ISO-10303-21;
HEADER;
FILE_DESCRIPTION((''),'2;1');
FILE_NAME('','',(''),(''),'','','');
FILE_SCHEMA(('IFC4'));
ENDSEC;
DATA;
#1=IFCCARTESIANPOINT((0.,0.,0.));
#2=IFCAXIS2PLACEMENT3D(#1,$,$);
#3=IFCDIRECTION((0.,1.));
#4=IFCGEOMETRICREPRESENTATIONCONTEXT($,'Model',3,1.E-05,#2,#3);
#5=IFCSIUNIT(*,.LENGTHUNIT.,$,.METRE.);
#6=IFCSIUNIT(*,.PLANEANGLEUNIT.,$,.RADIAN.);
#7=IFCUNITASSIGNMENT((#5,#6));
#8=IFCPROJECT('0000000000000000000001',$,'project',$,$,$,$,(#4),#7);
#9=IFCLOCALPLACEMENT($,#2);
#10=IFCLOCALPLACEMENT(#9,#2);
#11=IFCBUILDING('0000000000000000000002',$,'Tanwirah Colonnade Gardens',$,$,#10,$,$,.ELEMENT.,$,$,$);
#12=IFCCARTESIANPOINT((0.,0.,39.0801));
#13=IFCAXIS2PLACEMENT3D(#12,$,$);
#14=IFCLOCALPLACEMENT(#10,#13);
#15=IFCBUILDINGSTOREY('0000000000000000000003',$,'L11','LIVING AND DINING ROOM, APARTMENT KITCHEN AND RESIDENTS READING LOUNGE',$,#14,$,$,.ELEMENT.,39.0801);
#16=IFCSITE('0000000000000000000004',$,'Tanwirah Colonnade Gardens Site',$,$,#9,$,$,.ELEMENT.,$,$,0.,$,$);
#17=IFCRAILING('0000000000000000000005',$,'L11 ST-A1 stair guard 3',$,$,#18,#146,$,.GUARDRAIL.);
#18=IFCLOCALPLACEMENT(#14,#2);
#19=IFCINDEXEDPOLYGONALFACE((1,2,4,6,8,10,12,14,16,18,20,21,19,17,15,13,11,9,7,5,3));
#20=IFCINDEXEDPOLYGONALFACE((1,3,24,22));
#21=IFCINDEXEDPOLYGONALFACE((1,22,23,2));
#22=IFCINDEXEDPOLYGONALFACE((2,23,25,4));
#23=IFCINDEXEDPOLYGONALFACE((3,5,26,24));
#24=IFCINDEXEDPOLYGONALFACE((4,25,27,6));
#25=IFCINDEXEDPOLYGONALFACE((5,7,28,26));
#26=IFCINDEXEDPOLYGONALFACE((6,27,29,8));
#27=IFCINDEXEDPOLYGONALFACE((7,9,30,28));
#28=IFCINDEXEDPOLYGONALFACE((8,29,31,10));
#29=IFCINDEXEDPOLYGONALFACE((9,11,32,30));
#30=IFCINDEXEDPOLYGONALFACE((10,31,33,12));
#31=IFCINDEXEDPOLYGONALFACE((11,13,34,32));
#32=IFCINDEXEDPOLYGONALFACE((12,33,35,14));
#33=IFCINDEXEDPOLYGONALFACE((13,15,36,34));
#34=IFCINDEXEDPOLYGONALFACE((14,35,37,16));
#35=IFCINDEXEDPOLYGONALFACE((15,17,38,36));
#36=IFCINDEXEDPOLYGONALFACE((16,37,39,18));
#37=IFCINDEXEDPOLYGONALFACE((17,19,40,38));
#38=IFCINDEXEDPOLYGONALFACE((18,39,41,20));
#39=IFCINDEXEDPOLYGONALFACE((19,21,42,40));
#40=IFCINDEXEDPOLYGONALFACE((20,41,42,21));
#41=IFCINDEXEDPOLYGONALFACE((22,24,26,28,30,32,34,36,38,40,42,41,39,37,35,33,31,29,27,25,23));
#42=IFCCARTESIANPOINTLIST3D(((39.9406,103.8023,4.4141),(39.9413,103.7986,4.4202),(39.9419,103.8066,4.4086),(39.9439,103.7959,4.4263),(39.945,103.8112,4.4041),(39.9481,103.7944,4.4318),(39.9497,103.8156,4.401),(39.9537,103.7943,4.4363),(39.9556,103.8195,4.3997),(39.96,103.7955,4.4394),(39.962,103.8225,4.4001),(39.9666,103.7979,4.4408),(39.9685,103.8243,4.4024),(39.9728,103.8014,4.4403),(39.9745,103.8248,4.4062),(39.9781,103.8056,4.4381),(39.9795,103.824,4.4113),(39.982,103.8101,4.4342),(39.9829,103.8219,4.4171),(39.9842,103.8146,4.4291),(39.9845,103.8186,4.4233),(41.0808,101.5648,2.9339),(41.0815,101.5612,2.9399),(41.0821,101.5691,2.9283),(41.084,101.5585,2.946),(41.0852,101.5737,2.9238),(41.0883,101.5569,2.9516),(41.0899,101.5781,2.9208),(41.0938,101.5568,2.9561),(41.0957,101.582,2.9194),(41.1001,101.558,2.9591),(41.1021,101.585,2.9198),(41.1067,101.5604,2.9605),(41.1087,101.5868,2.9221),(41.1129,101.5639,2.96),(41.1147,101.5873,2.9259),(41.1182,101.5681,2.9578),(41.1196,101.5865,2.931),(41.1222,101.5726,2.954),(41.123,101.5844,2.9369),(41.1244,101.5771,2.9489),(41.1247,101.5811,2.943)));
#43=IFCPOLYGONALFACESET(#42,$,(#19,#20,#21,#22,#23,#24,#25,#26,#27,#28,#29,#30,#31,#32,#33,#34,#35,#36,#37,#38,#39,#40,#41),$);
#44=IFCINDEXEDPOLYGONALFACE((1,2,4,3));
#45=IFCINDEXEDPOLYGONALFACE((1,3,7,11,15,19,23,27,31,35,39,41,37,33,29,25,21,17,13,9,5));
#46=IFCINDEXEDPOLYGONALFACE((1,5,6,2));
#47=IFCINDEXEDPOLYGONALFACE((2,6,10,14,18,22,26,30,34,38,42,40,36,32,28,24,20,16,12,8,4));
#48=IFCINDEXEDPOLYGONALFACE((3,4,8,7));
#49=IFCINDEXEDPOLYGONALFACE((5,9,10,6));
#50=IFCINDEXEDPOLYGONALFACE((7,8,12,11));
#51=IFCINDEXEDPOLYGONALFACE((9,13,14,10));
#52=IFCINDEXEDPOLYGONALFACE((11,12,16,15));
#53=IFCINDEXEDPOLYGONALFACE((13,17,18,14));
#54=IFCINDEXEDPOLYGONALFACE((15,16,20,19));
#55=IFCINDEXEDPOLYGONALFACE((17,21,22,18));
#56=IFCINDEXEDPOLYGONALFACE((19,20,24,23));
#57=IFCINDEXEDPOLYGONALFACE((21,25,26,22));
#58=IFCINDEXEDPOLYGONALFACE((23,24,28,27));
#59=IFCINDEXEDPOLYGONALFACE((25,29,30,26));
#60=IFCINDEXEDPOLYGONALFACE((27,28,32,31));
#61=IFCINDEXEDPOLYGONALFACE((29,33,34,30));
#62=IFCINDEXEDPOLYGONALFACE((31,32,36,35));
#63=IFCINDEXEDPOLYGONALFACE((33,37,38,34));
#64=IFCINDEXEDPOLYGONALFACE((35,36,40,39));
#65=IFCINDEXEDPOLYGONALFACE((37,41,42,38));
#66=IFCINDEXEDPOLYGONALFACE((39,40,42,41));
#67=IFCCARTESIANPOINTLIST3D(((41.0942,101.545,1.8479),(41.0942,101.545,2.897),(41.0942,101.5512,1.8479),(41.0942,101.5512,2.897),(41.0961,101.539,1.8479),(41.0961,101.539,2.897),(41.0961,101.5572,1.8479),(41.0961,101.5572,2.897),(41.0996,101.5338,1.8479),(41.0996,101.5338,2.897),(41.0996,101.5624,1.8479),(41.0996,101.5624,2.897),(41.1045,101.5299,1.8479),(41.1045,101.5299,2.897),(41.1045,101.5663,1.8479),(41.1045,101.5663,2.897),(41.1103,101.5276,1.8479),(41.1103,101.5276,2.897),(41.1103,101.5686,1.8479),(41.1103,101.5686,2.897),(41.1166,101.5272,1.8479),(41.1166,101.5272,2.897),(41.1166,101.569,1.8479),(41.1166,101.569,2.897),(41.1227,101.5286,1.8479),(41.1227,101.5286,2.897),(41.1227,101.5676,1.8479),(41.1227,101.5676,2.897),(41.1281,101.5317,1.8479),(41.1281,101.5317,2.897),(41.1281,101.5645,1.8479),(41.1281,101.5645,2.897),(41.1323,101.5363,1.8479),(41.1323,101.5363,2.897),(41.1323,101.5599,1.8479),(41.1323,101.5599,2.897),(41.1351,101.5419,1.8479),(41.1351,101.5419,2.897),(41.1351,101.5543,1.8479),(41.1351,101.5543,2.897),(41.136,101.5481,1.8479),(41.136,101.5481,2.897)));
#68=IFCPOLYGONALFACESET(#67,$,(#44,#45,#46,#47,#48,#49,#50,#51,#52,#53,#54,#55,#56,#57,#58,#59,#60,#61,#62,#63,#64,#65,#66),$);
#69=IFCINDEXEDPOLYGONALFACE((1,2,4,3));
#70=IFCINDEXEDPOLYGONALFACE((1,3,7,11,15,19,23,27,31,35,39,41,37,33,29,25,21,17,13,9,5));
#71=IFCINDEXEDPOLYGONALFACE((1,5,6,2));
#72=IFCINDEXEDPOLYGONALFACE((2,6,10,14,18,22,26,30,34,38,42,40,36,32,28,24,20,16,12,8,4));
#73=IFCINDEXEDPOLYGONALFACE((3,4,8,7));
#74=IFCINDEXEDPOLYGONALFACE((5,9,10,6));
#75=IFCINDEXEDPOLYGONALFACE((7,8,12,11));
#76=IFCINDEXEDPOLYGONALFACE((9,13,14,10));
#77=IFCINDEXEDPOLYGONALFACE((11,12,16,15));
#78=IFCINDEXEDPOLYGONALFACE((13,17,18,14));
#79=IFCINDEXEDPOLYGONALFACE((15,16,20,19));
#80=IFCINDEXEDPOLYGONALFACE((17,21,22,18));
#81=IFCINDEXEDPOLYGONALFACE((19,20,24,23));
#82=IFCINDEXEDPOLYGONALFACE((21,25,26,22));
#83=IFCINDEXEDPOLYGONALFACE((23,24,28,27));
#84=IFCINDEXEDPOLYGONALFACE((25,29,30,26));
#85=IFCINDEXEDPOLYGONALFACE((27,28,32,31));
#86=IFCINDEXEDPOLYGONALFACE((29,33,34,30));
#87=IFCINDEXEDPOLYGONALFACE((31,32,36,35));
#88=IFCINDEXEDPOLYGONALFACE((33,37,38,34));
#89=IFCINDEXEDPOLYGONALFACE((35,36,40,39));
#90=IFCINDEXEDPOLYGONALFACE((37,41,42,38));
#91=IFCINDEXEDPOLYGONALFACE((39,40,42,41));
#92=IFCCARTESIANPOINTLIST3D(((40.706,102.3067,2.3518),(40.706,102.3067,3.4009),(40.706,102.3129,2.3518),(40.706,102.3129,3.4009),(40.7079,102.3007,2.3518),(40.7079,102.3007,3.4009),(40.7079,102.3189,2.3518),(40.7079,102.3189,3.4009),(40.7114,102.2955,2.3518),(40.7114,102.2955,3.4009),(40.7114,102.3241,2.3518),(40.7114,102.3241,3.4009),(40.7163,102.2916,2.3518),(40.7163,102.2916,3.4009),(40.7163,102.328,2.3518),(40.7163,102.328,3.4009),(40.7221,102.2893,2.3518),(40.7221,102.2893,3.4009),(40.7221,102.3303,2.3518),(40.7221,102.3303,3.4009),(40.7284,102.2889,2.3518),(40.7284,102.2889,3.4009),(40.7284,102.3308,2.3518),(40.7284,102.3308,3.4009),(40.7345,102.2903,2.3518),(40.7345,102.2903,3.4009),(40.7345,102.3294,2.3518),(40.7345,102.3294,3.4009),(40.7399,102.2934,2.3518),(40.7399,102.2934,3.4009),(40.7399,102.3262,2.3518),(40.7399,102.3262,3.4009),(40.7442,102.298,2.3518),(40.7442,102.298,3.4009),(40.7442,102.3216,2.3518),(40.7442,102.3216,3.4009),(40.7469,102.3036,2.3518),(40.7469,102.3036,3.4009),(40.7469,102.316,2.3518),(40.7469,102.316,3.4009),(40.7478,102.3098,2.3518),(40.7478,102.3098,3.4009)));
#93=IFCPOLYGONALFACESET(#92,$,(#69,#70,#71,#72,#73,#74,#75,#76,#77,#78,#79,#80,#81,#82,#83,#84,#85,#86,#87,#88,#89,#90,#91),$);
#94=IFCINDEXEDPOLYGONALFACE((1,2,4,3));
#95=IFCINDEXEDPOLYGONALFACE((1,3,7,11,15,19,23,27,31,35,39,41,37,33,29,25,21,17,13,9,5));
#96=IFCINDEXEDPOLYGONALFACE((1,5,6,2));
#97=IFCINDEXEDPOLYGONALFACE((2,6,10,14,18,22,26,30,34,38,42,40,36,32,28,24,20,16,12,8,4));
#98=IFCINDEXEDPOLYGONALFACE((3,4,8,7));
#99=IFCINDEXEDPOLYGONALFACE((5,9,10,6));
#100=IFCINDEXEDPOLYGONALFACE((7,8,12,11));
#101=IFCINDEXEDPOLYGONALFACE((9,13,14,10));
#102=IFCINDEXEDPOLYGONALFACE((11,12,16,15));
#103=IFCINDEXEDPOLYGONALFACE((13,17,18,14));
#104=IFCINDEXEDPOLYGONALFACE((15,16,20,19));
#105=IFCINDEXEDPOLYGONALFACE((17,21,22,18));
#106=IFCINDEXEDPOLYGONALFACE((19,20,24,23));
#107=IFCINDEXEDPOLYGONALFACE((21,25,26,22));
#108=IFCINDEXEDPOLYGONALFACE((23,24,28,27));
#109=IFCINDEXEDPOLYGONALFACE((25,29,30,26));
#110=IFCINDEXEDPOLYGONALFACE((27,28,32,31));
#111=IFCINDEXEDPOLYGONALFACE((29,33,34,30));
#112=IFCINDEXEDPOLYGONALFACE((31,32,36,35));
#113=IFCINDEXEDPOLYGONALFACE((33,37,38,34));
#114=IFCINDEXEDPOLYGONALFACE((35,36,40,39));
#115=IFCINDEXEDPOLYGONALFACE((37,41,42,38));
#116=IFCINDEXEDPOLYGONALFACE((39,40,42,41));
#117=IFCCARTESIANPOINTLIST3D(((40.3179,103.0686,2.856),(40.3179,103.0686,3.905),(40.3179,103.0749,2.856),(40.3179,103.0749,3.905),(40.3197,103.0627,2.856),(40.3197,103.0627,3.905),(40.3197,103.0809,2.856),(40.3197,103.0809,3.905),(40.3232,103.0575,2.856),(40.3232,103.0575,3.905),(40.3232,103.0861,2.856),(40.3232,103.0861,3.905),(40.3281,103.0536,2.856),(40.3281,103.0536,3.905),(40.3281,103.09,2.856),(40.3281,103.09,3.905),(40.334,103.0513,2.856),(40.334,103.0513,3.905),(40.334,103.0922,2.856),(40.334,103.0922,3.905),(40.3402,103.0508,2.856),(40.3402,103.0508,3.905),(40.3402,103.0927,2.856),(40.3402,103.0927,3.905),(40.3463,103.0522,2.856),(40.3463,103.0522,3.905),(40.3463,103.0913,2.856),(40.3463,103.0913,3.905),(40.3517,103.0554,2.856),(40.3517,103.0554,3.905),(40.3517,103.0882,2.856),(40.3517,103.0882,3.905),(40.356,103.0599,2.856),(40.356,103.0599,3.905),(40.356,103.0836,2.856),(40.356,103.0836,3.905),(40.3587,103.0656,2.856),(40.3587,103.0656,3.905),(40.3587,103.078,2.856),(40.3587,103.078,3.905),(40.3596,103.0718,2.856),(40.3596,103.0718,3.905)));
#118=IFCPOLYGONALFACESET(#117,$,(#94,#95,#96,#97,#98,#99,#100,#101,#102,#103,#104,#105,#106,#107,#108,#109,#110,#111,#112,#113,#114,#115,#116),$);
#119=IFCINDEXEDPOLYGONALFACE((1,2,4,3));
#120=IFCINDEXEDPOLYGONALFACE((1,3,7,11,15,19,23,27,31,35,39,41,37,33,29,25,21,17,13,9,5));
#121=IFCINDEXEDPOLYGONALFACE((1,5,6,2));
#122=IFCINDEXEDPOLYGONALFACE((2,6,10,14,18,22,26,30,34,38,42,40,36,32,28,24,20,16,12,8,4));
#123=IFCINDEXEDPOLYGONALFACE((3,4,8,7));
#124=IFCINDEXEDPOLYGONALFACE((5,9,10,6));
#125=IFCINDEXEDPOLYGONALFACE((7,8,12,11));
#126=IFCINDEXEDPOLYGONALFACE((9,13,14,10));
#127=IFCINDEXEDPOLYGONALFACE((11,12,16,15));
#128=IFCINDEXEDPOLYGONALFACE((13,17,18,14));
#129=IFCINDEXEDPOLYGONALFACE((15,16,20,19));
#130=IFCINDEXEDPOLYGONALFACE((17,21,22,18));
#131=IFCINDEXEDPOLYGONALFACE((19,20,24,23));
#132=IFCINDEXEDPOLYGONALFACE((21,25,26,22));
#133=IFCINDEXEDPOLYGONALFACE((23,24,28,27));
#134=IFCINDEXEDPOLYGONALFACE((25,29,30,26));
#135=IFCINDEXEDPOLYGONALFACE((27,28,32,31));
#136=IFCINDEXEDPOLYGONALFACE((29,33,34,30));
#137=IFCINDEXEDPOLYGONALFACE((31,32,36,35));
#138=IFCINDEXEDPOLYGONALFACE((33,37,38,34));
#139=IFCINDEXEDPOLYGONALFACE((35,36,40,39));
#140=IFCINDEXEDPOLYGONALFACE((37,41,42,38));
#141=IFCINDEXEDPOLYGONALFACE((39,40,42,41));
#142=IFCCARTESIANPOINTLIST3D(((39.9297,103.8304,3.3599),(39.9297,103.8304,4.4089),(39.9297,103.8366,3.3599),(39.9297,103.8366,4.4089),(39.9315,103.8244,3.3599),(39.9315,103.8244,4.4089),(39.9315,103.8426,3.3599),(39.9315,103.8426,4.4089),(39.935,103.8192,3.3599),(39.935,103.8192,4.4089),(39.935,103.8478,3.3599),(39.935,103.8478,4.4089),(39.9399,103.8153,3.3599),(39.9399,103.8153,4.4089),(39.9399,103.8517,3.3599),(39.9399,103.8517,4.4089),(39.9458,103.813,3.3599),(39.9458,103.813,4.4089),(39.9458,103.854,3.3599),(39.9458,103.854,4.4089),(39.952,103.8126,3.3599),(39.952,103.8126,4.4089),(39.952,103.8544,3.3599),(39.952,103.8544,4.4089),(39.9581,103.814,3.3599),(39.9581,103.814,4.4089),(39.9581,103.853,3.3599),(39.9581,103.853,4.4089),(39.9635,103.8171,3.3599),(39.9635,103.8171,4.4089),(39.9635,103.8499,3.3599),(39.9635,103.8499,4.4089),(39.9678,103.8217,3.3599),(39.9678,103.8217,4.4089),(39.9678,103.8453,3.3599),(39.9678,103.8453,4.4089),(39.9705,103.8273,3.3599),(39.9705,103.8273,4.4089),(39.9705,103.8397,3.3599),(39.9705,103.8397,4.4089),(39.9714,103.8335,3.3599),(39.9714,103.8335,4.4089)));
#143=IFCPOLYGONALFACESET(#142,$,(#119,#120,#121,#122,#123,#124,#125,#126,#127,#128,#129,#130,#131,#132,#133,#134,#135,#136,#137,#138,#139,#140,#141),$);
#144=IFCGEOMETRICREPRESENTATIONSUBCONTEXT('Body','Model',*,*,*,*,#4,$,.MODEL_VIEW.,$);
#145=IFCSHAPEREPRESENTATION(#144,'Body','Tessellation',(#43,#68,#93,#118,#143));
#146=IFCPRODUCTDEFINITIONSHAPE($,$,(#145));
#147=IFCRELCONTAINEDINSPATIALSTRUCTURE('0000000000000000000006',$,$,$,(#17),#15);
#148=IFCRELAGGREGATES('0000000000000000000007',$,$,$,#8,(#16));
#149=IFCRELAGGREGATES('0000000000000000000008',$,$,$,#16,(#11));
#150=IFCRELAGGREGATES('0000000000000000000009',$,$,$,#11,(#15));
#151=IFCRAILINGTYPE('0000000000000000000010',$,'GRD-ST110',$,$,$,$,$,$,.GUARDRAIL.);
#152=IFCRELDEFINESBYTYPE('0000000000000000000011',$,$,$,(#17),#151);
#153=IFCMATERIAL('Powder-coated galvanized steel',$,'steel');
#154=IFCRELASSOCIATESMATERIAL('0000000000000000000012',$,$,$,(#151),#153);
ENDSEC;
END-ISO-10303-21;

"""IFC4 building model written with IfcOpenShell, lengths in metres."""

from ifc_helpers import new_model, si_unit, direction, frame, origin, origin_2d, place, context, subcontext, project, spatial, circle, extrude, material, type_object, element, save


model = new_model("IFC4")

# Units and contexts
model_context = context("Model", 3, precision=1e-05, world=origin(), true_north=direction((0.0, 1.0)))
body_context = subcontext(model_context, "Body", "Model", "MODEL_VIEW")
ifc_project = project(units=[si_unit("LENGTHUNIT", "METRE"), si_unit("PLANEANGLEUNIT", "RADIAN")], contexts=[model_context])

# Site, building, storey
site_placement = place(None, origin())
site = spatial("IfcSite", under=ifc_project, at=site_placement, Name="Tanwirah Colonnade Gardens Site", CompositionType="ELEMENT", RefElevation=0.0)
building_placement = place(site_placement, origin())
building = spatial("IfcBuilding", under=site, at=building_placement, Name="Tanwirah Colonnade Gardens", CompositionType="ELEMENT")
storey_placement = place(building_placement, frame((0.0, 0.0, 39.0801)))
storey = spatial("IfcBuildingStorey", under=building, at=storey_placement, Name="L11", Description="LIVING AND DINING ROOM, APARTMENT KITCHEN AND RESIDENTS READING LOUNGE", CompositionType="ELEMENT", Elevation=39.0801)

# Railing
ifc_material_1 = material(Name="Powder-coated galvanized steel", Category="steel")
railing_type_1 = type_object("IfcRailingType", Name="GRD-ST110", PredefinedType="GUARDRAIL", material=ifc_material_1)
railing_1_placement = place(storey_placement, frame((41.115, 101.5481, 1.8479)))
element("IfcRailing", 1, at=railing_1_placement, inside=storey, type_object=railing_type_1, Name="L11 ST-A1 stair guard 3", PredefinedType="GUARDRAIL", context=body_context, shape_type="SweptSolid", body=[
    extrude(circle(Radius=0.0239, at=origin_2d()), frame((-0.0122, 0.0239, 1.092), z_axis=(-0.391122, 0.767567, 0.507803), x_axis=(-0.890994, -0.454016, 0.0)), (0.0, 0.0, 1.0), 2.915),
    extrude(circle(Radius=0.021, at=origin_2d()), origin(), (0.0, 0.0, 1.0), 1.0491),
    extrude(circle(Radius=0.021, at=origin_2d()), frame((-0.3882, 0.7617, 0.5039)), (0.0, 0.0, 1.0), 1.0491),
    extrude(circle(Radius=0.021, at=origin_2d()), frame((-0.7764, 1.5237, 1.0081)), (0.0, 0.0, 1.0), 1.0491),
    extrude(circle(Radius=0.021, at=origin_2d()), frame((-1.1646, 2.2854, 1.512)), (0.0, 0.0, 1.0), 1.0491),
])

save(model, "model.ifc")
